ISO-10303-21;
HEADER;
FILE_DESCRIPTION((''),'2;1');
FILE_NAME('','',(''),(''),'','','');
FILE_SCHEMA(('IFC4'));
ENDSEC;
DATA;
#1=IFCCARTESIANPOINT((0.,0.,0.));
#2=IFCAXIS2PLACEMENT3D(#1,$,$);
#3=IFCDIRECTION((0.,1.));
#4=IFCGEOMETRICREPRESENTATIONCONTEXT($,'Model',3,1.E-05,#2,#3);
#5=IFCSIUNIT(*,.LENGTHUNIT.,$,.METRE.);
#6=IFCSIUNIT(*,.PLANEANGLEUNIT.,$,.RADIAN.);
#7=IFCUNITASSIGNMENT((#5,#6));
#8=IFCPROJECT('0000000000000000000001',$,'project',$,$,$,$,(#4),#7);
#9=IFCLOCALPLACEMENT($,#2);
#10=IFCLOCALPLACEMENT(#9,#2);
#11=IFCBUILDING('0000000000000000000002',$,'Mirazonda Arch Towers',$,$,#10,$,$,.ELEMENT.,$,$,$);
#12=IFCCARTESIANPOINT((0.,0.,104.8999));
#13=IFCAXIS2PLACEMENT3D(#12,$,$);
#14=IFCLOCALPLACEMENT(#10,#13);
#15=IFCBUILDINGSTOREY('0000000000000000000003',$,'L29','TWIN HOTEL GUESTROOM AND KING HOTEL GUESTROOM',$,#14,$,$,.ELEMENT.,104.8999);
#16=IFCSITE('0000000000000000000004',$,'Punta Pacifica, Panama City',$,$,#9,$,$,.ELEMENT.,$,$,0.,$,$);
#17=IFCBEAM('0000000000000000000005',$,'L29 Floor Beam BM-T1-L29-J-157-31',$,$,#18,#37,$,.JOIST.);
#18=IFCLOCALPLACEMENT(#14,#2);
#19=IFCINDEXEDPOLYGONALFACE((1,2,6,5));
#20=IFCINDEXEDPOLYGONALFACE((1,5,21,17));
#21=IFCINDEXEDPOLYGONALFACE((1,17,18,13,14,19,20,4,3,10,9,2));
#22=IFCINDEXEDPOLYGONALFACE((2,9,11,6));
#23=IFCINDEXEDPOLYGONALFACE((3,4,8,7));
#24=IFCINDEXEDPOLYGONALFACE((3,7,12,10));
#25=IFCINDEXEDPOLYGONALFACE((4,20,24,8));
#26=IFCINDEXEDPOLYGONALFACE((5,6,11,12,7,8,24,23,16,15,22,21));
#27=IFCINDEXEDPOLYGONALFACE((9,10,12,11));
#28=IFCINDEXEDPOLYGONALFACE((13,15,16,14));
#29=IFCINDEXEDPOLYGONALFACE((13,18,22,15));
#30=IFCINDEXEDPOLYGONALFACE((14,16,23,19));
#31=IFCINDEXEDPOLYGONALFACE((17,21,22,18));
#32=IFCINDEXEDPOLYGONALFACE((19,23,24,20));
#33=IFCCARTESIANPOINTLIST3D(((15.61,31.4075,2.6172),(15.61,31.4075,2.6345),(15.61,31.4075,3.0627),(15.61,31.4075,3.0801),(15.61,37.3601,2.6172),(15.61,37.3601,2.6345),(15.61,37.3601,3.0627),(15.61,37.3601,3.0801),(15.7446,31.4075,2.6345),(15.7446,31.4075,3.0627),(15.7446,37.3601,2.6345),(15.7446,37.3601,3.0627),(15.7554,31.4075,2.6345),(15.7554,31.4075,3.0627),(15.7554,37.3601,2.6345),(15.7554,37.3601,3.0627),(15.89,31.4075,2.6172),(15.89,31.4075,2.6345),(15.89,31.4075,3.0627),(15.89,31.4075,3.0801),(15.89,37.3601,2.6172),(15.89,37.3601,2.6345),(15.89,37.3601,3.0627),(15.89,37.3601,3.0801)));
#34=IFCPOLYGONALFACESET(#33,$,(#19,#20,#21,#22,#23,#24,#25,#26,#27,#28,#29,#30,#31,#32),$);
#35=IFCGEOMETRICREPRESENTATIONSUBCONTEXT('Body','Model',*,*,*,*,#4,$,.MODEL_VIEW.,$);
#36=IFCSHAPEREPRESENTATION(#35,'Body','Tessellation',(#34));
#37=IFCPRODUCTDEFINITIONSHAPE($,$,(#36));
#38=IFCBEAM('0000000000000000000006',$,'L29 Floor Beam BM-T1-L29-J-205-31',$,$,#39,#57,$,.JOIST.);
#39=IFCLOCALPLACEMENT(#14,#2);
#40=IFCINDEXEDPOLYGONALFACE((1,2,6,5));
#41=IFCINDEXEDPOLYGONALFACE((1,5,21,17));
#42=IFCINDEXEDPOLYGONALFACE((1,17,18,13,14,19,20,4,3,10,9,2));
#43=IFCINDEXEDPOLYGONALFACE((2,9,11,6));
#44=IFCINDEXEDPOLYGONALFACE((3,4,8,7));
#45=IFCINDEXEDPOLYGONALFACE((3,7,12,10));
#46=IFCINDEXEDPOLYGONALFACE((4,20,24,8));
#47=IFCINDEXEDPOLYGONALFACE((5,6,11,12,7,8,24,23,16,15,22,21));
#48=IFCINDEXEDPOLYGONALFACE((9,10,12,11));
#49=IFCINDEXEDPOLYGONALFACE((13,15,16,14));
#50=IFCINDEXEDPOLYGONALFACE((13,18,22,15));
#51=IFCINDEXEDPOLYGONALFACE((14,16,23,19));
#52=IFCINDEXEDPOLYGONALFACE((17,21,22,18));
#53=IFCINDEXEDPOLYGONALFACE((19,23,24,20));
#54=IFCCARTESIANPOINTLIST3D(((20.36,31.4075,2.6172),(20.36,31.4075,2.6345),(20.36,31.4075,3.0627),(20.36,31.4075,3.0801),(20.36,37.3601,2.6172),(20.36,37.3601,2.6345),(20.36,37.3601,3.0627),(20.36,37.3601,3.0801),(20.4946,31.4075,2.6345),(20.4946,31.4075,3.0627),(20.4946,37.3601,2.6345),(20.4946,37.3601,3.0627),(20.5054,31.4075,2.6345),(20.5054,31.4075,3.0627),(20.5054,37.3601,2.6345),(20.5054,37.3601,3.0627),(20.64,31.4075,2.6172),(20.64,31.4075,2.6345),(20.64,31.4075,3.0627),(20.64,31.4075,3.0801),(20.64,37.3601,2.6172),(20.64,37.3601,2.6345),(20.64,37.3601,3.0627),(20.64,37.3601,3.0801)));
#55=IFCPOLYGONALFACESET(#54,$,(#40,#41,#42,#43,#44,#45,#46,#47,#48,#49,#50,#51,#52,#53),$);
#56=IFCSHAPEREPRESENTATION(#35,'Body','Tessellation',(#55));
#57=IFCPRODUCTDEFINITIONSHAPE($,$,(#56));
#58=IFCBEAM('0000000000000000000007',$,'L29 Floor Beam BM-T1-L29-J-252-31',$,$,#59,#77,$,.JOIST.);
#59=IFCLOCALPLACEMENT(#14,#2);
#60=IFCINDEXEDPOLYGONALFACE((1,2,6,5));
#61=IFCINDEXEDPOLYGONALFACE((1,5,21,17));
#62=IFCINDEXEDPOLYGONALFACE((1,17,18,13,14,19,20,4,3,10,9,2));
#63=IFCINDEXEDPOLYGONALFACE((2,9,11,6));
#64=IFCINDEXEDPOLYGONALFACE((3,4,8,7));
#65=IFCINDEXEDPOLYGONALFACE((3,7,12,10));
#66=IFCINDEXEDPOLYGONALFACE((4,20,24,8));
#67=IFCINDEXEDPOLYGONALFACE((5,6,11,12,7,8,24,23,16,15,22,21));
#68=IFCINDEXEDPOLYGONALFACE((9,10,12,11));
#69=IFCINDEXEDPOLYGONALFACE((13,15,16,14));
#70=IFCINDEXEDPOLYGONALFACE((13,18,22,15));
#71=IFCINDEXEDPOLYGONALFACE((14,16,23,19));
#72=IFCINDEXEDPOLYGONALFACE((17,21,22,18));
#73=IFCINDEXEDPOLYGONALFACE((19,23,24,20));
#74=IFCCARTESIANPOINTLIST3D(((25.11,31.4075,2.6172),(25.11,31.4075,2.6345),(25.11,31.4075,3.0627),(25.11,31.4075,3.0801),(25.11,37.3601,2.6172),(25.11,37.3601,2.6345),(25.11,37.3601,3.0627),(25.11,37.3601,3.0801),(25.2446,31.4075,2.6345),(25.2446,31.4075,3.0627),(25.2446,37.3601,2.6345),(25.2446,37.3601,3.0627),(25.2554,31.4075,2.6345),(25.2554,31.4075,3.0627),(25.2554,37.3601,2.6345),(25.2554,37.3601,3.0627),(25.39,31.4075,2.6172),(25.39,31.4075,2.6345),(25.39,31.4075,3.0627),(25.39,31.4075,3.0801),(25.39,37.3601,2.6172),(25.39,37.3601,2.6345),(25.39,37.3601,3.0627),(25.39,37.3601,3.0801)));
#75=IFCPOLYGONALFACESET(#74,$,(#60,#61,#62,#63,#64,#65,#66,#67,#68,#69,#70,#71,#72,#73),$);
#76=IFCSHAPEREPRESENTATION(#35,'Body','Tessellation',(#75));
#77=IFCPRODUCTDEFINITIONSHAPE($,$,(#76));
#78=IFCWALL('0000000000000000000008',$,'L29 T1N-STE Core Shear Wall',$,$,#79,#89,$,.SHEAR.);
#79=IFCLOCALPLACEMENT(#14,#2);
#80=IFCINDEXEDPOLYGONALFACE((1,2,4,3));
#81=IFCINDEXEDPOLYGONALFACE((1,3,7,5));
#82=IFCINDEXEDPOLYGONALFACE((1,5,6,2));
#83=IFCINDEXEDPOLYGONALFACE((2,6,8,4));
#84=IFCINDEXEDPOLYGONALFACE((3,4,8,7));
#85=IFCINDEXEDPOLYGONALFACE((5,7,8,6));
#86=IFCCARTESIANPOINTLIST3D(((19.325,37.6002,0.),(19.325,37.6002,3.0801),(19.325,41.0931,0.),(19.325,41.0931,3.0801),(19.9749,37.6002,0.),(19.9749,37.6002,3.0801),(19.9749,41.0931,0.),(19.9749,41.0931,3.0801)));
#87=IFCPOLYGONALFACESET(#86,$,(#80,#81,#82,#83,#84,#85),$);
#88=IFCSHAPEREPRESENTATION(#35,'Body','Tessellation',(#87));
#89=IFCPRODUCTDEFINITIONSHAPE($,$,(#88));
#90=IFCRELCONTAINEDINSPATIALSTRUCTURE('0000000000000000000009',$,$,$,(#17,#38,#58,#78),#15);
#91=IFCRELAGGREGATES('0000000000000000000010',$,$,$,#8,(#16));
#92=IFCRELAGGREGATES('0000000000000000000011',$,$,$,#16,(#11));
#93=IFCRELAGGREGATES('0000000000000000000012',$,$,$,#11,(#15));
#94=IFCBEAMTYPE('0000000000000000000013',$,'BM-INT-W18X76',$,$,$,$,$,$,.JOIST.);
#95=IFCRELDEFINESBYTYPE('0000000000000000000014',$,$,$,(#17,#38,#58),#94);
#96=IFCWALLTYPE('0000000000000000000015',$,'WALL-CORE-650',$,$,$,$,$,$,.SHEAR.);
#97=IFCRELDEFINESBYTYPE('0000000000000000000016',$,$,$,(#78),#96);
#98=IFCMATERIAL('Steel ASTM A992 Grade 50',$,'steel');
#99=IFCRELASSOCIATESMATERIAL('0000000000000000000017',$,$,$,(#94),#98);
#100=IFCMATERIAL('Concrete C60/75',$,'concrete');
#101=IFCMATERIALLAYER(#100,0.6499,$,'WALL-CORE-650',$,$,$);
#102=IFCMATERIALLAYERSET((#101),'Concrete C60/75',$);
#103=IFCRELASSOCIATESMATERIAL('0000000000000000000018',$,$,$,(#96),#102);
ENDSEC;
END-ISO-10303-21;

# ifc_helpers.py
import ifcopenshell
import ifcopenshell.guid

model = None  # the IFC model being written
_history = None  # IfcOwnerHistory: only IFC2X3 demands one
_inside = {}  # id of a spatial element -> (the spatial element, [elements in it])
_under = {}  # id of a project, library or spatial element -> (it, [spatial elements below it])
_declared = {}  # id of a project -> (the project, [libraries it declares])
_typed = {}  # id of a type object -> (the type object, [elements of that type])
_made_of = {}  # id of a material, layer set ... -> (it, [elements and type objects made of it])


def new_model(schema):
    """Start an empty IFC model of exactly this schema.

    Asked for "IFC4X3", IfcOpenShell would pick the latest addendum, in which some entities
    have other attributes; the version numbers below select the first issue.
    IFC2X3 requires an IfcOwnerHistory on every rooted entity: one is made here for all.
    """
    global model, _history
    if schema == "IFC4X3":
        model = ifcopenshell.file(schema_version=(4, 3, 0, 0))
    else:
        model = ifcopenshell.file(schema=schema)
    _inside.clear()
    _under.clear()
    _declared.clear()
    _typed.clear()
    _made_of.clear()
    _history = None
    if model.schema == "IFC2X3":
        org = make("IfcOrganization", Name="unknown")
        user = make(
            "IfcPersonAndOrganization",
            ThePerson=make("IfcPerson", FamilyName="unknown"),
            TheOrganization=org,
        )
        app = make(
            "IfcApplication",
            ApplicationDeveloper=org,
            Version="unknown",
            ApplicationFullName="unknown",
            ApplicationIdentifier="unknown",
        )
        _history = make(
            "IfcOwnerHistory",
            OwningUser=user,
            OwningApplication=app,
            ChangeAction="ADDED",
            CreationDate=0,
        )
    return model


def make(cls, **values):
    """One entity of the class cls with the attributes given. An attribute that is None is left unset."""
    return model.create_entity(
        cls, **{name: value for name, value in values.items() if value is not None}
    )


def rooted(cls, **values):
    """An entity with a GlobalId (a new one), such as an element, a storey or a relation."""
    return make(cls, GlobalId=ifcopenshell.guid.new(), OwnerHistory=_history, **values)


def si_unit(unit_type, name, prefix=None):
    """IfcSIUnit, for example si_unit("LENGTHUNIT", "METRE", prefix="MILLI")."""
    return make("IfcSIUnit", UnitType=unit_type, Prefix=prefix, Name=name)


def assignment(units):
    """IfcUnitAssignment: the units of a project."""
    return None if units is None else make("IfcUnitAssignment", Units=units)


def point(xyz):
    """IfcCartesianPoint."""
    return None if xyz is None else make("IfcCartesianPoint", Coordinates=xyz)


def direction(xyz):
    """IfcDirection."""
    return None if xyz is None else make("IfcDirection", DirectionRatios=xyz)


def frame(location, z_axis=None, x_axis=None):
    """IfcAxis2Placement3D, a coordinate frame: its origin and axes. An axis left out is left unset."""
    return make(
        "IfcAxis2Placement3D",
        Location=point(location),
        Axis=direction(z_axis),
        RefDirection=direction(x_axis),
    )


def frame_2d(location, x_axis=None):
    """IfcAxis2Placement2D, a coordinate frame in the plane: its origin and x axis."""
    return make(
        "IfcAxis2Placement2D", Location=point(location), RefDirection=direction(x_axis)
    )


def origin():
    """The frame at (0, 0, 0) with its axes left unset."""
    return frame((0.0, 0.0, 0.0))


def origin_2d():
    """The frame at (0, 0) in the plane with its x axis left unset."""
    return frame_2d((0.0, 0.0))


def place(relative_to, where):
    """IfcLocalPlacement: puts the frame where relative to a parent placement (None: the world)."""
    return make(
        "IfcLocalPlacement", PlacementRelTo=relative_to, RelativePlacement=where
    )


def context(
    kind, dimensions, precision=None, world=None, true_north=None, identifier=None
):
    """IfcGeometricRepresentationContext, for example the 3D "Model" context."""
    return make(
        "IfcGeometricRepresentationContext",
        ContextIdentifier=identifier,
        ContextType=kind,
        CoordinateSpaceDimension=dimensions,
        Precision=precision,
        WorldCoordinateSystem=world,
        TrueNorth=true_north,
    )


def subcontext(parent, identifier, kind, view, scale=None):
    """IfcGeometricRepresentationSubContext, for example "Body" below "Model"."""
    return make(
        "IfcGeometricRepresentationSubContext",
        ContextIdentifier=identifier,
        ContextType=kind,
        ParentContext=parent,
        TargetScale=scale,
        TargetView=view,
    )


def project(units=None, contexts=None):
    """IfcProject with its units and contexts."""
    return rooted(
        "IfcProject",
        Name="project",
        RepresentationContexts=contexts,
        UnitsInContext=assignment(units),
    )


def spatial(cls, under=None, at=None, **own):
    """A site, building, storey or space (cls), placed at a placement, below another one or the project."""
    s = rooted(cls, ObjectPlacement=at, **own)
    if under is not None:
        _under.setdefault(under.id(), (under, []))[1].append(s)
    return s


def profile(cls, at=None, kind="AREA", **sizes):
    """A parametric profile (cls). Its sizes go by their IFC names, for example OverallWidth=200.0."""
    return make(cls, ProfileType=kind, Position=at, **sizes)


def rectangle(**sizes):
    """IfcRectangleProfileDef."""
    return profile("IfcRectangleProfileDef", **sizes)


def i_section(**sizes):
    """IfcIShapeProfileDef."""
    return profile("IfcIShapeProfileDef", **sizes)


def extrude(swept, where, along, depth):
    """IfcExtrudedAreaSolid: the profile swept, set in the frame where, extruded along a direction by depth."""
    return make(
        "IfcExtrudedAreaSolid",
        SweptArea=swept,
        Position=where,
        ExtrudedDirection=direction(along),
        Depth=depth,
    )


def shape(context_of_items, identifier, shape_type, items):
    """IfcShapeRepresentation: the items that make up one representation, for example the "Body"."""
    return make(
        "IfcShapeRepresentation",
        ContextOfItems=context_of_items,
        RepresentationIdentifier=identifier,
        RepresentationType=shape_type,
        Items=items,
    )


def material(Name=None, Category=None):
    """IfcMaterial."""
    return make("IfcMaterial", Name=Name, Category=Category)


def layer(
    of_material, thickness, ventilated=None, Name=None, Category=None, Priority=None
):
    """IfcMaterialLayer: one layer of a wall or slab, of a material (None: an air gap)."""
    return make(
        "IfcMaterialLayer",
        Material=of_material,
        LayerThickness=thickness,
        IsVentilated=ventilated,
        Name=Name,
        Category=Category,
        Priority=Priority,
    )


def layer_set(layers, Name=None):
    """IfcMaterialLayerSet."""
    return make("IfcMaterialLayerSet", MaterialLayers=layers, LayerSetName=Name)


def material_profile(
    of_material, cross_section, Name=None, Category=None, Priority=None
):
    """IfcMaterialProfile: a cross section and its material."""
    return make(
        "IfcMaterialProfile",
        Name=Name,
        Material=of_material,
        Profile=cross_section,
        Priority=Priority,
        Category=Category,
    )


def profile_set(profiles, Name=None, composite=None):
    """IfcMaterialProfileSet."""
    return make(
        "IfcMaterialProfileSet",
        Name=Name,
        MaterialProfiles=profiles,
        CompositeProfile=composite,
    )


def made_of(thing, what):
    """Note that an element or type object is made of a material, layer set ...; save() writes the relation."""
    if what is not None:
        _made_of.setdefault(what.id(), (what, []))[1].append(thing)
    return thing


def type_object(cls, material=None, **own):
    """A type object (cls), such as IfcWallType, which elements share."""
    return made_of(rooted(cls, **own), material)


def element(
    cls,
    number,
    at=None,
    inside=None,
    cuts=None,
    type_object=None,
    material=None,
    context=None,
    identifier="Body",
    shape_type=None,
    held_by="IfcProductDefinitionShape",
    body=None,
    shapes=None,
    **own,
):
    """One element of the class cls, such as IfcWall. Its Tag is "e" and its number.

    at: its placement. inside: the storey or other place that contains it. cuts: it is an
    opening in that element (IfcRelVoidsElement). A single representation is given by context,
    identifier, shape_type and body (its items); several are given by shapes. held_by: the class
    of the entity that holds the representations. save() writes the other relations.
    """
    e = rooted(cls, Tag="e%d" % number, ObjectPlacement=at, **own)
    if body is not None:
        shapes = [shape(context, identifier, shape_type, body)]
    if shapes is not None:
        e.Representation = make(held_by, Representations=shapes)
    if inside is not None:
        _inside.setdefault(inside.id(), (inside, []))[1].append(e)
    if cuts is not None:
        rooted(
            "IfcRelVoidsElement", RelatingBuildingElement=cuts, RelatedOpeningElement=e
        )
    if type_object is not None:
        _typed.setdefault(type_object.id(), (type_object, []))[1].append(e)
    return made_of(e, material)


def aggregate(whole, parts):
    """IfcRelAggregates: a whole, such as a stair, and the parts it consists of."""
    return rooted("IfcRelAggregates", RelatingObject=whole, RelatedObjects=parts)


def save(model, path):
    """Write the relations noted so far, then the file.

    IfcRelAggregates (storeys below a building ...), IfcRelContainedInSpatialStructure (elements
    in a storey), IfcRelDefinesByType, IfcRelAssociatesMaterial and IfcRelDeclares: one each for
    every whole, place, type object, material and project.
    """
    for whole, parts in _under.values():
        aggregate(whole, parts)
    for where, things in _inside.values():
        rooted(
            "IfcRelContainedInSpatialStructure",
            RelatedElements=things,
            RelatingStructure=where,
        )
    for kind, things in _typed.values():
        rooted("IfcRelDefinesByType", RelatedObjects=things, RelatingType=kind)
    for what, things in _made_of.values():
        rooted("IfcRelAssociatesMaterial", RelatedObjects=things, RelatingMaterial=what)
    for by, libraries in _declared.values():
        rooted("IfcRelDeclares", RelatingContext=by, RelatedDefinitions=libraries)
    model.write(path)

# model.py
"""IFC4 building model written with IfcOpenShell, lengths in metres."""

from ifc_helpers import new_model, si_unit, direction, frame, frame_2d, origin, origin_2d, place, context, subcontext, project, spatial, rectangle, i_section, extrude, material, layer, layer_set, material_profile, profile_set, type_object, element, save


model = new_model("IFC4")

# Units and contexts
model_context = context("Model", 3, precision=1e-05, world=origin(), true_north=direction((0.0, 1.0)))
body_context = subcontext(model_context, "Body", "Model", "MODEL_VIEW")
ifc_project = project(units=[si_unit("LENGTHUNIT", "METRE"), si_unit("PLANEANGLEUNIT", "RADIAN")], contexts=[model_context])

# Site, building, storey
site_placement = place(None, origin())
site = spatial("IfcSite", under=ifc_project, at=site_placement, Name="Punta Pacifica, Panama City", CompositionType="ELEMENT", RefElevation=0.0)
building_placement = place(site_placement, origin())
building = spatial("IfcBuilding", under=site, at=building_placement, Name="Mirazonda Arch Towers", CompositionType="ELEMENT")
storey_placement = place(building_placement, frame((0.0, 0.0, 104.8999)))
storey = spatial("IfcBuildingStorey", under=building, at=storey_placement, Name="L29", Description="TWIN HOTEL GUESTROOM AND KING HOTEL GUESTROOM", CompositionType="ELEMENT", Elevation=104.8999)

# Beams
ifc_material_1 = material(Name="Steel ASTM A992 Grade 50", Category="steel")
ifc_material_profile = material_profile(ifc_material_1, i_section(OverallWidth=0.28, OverallDepth=0.4629, WebThickness=0.0107, FlangeThickness=0.0173, at=origin_2d()), Name="W18X76")
ifc_profile_set = profile_set([ifc_material_profile], Name="Steel ASTM A992 Grade 50")
beam_type = type_object("IfcBeamType", Name="BM-INT-W18X76", PredefinedType="JOIST", material=ifc_profile_set)
for number, where, z_axis, x_axis, name in (
    (1, (15.75, 31.4075, 2.8486), (0.0, 1.0, 0.0), (-1.0, 0.0, 0.0), "L29 Floor Beam BM-T1-L29-J-157-31"),
    (2, (20.5, 31.4075, 2.8486), (0.0, 1.0, 0.0), (-1.0, 0.0, 0.0), "L29 Floor Beam BM-T1-L29-J-205-31"),
    (3, (25.25, 31.4075, 2.8486), (0.0, 1.0, 0.0), (-1.0, 0.0, 0.0), "L29 Floor Beam BM-T1-L29-J-252-31"),
):
    element("IfcBeam", number, at=place(storey_placement, frame(where, z_axis=z_axis, x_axis=x_axis)), inside=storey, type_object=beam_type, Name=name, PredefinedType="JOIST", context=body_context, shape_type="SweptSolid", body=[
        extrude(i_section(OverallWidth=0.28, OverallDepth=0.4629, WebThickness=0.0107, FlangeThickness=0.0173, at=origin_2d()), origin(), (0.0, 0.0, 1.0), 5.9526),
    ])

# Wall
ifc_material_2 = material(Name="Concrete C60/75", Category="concrete")
ifc_layer_1 = layer(ifc_material_2, 0.6499, Name="WALL-CORE-650")
ifc_layer_set_1 = layer_set([ifc_layer_1], Name="Concrete C60/75")
wall_type_1 = type_object("IfcWallType", Name="WALL-CORE-650", PredefinedType="SHEAR", material=ifc_layer_set_1)
wall_1_placement = place(storey_placement, frame((19.6499, 37.6001, 0.0), z_axis=(0.0, 0.0, 1.0), x_axis=(0.0, 1.0, 0.0)))
element("IfcWall", 4, at=wall_1_placement, inside=storey, type_object=wall_type_1, Name="L29 T1N-STE Core Shear Wall", PredefinedType="SHEAR", context=body_context, shape_type="SweptSolid", body=[
    extrude(rectangle(XDim=3.4929, YDim=0.6499, at=frame_2d((1.7466, 0.0))), origin(), (0.0, 0.0, 1.0), 3.0801),
])

save(model, "model.ifc")
